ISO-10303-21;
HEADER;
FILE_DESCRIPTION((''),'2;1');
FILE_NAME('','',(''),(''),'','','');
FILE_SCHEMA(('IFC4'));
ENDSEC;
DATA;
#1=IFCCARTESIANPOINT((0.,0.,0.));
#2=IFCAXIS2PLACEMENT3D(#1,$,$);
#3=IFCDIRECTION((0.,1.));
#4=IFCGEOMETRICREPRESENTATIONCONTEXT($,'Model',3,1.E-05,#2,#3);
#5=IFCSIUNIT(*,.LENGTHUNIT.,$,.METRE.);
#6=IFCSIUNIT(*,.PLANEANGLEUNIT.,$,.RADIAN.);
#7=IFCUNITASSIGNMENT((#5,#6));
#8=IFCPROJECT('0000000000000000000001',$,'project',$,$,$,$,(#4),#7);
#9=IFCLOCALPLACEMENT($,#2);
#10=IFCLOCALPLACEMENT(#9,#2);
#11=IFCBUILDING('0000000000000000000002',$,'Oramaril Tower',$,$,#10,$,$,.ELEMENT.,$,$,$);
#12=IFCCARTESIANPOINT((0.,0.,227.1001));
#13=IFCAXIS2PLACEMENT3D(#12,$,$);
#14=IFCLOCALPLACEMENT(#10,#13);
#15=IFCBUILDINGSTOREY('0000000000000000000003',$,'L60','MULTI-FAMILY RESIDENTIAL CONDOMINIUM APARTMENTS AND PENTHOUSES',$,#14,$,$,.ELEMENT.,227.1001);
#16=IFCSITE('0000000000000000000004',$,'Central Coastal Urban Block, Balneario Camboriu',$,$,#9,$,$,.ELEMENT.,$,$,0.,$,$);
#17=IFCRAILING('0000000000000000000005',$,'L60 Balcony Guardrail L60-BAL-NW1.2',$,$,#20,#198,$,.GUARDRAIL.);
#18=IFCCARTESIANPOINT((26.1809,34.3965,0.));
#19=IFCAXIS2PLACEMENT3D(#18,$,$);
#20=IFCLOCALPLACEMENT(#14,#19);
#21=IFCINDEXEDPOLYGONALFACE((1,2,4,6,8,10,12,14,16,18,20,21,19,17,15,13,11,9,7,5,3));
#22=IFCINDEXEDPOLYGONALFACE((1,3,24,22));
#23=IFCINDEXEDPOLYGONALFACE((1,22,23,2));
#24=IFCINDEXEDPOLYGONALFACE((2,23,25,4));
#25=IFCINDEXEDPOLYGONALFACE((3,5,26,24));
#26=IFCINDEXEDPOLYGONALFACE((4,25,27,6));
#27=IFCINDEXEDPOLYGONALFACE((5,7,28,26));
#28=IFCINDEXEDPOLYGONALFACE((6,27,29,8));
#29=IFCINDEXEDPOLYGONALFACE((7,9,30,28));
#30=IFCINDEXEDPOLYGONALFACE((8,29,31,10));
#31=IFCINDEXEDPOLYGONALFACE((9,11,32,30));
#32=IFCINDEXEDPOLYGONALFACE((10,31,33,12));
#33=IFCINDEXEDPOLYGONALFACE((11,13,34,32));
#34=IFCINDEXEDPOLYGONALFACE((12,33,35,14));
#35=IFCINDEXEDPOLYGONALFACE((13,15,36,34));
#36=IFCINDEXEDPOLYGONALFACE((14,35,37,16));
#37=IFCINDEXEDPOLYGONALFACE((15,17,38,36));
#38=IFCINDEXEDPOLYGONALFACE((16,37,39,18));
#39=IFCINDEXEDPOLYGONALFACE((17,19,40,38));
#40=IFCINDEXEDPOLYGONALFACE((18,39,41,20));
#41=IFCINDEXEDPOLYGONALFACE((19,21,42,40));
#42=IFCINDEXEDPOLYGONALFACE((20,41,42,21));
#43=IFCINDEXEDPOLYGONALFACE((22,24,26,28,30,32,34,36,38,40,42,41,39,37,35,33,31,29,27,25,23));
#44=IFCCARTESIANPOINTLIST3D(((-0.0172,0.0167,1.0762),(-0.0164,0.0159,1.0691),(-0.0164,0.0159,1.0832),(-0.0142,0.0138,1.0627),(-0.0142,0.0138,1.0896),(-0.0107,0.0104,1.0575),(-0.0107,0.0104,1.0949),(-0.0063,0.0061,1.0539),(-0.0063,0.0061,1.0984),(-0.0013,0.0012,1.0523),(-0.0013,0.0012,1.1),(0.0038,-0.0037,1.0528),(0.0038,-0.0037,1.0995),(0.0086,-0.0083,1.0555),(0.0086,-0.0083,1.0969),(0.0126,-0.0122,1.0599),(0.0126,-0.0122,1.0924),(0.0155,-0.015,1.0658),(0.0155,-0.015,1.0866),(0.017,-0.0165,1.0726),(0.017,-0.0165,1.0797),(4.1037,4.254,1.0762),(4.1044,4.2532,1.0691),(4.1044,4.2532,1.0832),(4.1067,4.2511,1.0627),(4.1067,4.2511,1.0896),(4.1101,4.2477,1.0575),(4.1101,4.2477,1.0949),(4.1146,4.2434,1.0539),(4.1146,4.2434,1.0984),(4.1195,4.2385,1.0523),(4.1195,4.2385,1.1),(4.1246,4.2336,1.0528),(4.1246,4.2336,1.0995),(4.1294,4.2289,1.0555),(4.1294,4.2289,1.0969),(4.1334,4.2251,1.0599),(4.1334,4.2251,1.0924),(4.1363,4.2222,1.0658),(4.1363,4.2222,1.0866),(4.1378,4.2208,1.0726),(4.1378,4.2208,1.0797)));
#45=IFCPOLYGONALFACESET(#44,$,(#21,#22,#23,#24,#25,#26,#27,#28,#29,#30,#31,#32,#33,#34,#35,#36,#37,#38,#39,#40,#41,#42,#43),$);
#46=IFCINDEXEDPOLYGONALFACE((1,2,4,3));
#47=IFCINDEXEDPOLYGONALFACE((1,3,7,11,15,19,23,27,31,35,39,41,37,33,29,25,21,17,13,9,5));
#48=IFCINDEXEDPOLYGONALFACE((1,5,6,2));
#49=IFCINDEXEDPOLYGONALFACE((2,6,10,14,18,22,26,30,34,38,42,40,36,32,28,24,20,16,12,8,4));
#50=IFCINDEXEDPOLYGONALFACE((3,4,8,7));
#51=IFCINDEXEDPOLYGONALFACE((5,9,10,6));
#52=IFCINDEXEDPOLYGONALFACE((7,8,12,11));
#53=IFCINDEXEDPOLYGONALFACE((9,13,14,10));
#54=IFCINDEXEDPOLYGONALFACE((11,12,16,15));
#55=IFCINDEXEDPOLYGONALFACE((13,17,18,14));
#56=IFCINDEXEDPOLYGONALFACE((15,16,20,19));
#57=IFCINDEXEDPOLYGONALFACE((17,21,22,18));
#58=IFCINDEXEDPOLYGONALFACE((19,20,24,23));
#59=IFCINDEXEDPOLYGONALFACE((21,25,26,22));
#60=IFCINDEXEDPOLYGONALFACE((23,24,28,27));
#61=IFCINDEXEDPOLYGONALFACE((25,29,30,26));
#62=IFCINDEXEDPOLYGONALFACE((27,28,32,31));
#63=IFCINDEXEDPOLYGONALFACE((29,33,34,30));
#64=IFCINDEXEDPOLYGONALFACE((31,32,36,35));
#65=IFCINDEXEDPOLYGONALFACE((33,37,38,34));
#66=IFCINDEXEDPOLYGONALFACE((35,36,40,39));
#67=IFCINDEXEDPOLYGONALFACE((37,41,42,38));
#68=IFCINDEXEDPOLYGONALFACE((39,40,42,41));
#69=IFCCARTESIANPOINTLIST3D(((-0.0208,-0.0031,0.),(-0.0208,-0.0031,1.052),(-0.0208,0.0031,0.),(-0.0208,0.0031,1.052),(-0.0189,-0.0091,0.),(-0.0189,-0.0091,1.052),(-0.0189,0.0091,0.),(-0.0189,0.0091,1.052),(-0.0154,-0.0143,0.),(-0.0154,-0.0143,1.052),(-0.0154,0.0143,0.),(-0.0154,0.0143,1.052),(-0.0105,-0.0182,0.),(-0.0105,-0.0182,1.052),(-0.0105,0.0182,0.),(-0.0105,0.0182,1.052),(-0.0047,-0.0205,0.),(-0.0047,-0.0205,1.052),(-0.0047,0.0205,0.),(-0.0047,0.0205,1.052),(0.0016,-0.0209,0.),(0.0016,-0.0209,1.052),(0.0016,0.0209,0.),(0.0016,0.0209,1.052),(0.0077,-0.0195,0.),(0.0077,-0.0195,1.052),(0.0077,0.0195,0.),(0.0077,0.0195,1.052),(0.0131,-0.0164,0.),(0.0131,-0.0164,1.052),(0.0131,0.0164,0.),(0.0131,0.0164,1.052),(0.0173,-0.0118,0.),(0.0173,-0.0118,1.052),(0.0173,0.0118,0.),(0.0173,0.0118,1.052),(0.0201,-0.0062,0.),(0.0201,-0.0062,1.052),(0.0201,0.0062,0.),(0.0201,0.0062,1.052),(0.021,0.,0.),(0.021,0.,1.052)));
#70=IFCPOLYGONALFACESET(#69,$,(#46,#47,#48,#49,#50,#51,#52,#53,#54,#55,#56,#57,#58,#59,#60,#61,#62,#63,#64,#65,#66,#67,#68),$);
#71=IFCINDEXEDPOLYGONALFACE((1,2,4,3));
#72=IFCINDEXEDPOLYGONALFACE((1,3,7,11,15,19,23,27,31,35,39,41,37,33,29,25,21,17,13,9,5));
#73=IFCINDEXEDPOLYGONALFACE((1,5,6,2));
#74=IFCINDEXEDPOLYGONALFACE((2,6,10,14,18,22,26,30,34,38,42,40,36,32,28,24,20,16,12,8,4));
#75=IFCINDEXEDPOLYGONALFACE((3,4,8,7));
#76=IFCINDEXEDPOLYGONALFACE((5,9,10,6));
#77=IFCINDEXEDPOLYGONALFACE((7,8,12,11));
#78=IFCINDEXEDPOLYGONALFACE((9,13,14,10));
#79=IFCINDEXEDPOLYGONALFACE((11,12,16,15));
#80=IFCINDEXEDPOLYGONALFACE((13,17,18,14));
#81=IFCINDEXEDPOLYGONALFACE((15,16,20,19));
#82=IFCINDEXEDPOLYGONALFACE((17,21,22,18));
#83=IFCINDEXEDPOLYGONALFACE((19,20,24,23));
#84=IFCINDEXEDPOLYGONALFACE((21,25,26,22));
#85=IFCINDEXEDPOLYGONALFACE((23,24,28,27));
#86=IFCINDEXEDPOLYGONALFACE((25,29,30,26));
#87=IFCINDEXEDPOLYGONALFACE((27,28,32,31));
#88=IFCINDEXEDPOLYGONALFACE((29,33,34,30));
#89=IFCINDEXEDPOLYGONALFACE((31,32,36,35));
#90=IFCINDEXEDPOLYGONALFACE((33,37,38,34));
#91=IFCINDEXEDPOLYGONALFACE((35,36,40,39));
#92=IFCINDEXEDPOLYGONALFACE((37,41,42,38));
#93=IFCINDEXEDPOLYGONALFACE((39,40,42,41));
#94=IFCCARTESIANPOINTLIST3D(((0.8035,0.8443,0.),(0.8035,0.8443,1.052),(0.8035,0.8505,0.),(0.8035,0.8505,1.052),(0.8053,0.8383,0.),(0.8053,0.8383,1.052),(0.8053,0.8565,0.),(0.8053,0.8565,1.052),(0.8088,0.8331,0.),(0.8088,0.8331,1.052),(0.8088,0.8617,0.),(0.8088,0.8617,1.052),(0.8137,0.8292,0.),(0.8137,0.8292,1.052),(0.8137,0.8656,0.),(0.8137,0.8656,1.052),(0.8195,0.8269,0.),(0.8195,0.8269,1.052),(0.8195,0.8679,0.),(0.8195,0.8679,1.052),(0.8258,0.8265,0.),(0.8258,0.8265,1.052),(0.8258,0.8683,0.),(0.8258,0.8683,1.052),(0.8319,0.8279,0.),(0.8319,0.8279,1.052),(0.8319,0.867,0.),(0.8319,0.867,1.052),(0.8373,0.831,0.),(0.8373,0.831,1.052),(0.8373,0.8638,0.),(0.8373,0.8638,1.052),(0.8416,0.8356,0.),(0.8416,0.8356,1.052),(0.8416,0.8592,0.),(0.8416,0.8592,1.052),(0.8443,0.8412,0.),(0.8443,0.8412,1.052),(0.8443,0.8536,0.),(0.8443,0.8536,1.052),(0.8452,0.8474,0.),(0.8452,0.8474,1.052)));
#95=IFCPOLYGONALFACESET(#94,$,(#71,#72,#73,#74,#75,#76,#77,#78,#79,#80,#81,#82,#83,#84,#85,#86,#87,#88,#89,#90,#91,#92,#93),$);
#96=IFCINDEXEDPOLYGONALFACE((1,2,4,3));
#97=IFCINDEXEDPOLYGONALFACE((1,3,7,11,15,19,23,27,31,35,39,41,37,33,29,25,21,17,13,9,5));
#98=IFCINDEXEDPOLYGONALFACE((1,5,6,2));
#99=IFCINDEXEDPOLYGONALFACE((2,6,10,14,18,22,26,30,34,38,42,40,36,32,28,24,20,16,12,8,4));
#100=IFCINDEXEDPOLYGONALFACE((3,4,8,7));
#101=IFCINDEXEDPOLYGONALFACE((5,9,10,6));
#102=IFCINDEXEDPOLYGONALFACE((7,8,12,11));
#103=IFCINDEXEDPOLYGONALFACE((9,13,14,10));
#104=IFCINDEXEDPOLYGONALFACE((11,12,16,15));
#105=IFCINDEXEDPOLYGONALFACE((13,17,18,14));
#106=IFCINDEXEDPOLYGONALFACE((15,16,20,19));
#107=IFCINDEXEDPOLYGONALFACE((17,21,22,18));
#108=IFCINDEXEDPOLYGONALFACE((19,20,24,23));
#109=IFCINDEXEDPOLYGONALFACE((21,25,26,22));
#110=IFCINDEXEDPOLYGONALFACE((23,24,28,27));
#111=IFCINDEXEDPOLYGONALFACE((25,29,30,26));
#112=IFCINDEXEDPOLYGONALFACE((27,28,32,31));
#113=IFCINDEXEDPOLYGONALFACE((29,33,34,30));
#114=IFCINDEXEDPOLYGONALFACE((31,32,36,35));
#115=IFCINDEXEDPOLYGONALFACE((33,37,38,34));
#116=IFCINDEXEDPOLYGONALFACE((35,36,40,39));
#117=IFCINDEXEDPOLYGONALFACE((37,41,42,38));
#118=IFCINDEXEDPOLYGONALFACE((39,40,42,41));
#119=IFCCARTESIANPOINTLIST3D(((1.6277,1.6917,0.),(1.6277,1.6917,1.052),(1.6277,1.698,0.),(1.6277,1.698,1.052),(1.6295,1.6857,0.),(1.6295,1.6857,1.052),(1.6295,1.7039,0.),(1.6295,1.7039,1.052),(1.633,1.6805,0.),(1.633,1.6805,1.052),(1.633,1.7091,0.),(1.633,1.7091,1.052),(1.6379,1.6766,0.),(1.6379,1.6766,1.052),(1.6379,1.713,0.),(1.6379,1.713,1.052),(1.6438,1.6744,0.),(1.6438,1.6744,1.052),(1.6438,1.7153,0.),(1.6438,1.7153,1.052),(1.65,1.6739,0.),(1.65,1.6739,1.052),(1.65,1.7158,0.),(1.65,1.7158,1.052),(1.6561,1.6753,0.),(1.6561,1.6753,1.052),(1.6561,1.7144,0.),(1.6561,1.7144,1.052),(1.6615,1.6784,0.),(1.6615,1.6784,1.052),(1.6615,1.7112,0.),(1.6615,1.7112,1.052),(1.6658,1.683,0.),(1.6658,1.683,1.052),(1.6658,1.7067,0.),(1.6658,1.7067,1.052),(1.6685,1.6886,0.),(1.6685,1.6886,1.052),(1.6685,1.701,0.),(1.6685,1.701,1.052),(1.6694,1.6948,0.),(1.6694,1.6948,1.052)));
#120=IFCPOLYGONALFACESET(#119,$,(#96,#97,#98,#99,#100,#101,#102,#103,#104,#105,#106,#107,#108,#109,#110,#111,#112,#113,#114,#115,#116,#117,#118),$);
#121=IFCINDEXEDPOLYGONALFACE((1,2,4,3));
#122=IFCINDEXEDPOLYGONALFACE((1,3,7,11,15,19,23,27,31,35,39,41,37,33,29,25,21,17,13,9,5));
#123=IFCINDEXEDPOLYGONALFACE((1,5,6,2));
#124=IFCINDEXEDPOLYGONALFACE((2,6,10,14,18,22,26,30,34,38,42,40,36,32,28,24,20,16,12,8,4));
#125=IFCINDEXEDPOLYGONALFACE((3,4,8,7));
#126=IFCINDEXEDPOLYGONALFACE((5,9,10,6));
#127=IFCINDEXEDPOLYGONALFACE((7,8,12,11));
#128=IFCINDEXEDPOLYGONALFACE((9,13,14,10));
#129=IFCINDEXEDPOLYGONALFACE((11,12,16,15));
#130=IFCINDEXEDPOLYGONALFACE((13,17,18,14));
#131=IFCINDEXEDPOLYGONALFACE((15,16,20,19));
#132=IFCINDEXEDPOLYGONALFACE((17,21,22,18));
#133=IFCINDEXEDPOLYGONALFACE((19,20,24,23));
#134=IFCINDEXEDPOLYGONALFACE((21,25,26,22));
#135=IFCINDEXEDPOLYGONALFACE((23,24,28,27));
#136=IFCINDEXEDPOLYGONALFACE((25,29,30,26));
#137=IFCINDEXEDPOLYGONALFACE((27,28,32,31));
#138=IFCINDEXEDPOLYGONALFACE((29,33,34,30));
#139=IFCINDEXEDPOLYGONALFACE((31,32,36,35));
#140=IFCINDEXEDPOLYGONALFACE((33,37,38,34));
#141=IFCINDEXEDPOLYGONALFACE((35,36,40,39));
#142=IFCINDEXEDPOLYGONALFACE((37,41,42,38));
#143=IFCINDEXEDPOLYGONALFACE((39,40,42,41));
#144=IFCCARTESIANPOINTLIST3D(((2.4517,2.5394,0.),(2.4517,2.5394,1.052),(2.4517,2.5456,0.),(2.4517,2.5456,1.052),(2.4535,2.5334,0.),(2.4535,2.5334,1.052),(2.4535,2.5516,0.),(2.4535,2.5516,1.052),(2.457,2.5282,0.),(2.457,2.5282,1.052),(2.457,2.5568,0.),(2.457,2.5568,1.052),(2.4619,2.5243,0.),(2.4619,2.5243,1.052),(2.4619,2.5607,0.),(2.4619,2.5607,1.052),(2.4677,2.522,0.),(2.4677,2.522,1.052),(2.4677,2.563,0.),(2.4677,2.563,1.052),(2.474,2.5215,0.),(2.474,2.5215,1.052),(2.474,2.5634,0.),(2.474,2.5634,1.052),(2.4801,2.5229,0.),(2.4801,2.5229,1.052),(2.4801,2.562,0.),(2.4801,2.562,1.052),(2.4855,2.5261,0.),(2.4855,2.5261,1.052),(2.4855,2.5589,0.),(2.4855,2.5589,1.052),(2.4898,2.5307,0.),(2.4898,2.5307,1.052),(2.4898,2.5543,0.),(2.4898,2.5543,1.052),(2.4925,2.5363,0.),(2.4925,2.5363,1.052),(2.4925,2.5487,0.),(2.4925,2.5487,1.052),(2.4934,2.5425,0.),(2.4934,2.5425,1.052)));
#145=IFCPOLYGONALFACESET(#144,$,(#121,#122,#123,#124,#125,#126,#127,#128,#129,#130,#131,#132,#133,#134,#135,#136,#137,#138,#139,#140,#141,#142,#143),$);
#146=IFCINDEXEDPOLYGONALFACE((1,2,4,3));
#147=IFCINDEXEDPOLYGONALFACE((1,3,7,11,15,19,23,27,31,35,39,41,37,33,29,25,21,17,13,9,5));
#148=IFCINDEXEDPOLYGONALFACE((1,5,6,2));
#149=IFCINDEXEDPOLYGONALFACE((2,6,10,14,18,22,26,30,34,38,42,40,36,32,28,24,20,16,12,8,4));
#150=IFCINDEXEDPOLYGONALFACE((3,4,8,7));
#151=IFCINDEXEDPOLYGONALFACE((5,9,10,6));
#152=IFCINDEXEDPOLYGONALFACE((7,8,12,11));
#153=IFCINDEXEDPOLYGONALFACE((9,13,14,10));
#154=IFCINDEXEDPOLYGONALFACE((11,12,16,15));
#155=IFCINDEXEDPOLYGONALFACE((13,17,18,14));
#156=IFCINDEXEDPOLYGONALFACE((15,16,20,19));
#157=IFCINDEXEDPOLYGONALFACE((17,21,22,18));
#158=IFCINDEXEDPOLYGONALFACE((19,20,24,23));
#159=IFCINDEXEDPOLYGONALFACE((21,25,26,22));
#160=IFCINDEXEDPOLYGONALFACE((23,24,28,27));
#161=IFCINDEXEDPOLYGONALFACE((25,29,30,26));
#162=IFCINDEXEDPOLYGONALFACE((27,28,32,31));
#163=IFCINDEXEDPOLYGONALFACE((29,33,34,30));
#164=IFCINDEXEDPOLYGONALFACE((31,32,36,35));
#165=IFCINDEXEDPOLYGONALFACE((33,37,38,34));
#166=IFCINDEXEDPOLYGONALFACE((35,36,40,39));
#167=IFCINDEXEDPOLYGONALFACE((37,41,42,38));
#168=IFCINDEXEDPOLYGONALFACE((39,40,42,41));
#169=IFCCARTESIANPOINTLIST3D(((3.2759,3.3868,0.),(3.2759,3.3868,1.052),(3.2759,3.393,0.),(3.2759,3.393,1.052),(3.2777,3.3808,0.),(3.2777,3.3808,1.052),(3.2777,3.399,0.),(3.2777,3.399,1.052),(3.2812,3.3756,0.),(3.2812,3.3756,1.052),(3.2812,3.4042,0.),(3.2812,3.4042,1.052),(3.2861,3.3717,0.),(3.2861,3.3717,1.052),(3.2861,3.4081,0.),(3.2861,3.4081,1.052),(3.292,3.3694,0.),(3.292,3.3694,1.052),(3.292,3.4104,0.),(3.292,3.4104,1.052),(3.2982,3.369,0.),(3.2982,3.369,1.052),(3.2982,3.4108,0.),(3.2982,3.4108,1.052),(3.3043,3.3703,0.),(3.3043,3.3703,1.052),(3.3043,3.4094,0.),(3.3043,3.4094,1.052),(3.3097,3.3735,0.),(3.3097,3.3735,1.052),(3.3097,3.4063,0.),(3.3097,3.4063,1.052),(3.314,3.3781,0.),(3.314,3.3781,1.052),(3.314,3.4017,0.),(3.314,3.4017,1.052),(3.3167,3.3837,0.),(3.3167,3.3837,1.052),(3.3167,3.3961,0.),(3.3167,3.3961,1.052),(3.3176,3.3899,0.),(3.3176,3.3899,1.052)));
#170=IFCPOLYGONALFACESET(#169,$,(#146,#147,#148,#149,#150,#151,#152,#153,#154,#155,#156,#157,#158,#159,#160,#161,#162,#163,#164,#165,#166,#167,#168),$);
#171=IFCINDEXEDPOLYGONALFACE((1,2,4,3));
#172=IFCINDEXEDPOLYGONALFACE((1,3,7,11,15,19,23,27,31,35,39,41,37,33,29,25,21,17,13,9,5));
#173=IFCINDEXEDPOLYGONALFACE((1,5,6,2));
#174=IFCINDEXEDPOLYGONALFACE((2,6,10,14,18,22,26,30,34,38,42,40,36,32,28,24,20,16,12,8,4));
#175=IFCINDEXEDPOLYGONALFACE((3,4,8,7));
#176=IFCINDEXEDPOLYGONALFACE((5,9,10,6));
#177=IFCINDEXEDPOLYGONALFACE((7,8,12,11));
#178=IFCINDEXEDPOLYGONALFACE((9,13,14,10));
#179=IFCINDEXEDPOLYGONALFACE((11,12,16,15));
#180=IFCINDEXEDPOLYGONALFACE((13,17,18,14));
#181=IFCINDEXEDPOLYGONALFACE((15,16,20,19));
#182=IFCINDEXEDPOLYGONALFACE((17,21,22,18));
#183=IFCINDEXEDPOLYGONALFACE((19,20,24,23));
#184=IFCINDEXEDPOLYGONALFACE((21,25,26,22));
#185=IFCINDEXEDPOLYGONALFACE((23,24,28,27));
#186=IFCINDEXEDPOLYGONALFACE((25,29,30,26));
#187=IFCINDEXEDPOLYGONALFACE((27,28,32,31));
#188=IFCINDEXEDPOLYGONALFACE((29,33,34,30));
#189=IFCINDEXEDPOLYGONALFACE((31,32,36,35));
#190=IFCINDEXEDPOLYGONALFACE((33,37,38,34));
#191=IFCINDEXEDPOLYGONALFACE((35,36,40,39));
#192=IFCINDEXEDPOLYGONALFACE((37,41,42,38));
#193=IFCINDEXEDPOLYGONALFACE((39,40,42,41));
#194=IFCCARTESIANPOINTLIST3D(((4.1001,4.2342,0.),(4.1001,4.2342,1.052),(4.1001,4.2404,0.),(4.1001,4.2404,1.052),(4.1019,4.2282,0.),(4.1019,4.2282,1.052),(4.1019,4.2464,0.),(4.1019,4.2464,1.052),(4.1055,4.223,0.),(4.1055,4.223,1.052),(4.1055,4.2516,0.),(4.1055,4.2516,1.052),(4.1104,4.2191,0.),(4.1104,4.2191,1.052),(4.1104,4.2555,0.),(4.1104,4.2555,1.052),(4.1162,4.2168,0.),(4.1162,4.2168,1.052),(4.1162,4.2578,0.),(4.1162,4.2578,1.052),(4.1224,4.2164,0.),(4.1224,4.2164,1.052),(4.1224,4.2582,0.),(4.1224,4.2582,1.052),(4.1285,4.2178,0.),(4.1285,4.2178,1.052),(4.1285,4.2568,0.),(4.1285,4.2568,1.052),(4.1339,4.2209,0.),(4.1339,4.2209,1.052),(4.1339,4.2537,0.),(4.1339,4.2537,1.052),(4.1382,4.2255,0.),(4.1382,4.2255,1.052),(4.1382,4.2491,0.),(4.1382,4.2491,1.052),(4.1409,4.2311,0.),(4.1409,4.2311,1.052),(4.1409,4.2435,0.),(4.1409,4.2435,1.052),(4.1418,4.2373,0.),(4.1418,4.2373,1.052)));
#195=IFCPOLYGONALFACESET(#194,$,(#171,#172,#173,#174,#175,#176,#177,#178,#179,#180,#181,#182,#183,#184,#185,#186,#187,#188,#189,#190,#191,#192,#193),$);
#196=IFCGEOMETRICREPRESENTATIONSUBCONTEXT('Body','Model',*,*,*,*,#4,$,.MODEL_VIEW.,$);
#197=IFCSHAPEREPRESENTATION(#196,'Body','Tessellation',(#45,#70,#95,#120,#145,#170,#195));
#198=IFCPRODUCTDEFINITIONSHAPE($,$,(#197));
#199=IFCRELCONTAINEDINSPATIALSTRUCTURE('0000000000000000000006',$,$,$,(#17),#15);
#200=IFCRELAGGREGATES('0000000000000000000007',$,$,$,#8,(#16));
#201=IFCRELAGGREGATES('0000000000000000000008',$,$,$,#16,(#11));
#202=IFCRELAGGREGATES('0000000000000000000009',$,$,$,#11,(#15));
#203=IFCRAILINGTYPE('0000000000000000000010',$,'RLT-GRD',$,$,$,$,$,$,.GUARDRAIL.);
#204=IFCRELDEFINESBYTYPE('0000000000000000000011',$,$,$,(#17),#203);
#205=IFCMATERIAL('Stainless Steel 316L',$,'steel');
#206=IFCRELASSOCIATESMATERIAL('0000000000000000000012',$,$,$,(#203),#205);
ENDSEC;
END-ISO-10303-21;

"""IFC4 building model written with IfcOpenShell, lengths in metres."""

from ifc_helpers import new_model, si_unit, direction, frame, origin, origin_2d, place, context, subcontext, project, spatial, circle, extrude, material, type_object, element, save


model = new_model("IFC4")

# Units and contexts
model_context = context("Model", 3, precision=1e-05, world=origin(), true_north=direction((0.0, 1.0)))
body_context = subcontext(model_context, "Body", "Model", "MODEL_VIEW")
ifc_project = project(units=[si_unit("LENGTHUNIT", "METRE"), si_unit("PLANEANGLEUNIT", "RADIAN")], contexts=[model_context])

# Site, building, storey
site_placement = place(None, origin())
site = spatial("IfcSite", under=ifc_project, at=site_placement, Name="Central Coastal Urban Block, Balneario Camboriu", CompositionType="ELEMENT", RefElevation=0.0)
building_placement = place(site_placement, origin())
building = spatial("IfcBuilding", under=site, at=building_placement, Name="Oramaril Tower", CompositionType="ELEMENT")
storey_placement = place(building_placement, frame((0.0, 0.0, 227.1001)))
storey = spatial("IfcBuildingStorey", under=building, at=storey_placement, Name="L60", Description="MULTI-FAMILY RESIDENTIAL CONDOMINIUM APARTMENTS AND PENTHOUSES", CompositionType="ELEMENT", Elevation=227.1001)

# Railing
ifc_material_1 = material(Name="Stainless Steel 316L", Category="steel")
railing_type = type_object("IfcRailingType", Name="RLT-GRD", PredefinedType="GUARDRAIL", material=ifc_material_1)
railing_1_placement = place(storey_placement, frame((26.1809, 34.3965, 0.0)))
element("IfcRailing", 1, at=railing_1_placement, inside=storey, type_object=railing_type, Name="L60 Balcony Guardrail L60-BAL-NW1.2", PredefinedType="GUARDRAIL", context=body_context, shape_type="SweptSolid", body=[
    extrude(circle(Radius=0.0239, at=origin_2d()), frame((0.0, 0.0, 1.0762), z_axis=(0.697187, 0.716889, 0.0), x_axis=(-0.716889, 0.697187, 0.0)), (0.0, 0.0, 1.0), 5.9106),
    extrude(circle(Radius=0.021, at=origin_2d()), origin(), (0.0, 0.0, 1.0), 1.052),
    extrude(circle(Radius=0.021, at=origin_2d()), frame((0.8242, 0.8474, 0.0)), (0.0, 0.0, 1.0), 1.052),
    extrude(circle(Radius=0.021, at=origin_2d()), frame((1.6484, 1.6948, 0.0)), (0.0, 0.0, 1.0), 1.052),
    extrude(circle(Radius=0.021, at=origin_2d()), frame((2.4724, 2.5425, 0.0)), (0.0, 0.0, 1.0), 1.052),
    extrude(circle(Radius=0.021, at=origin_2d()), frame((3.2966, 3.3899, 0.0)), (0.0, 0.0, 1.0), 1.052),
    extrude(circle(Radius=0.021, at=origin_2d()), frame((4.1208, 4.2373, 0.0)), (0.0, 0.0, 1.0), 1.052),
])

save(model, "model.ifc")
